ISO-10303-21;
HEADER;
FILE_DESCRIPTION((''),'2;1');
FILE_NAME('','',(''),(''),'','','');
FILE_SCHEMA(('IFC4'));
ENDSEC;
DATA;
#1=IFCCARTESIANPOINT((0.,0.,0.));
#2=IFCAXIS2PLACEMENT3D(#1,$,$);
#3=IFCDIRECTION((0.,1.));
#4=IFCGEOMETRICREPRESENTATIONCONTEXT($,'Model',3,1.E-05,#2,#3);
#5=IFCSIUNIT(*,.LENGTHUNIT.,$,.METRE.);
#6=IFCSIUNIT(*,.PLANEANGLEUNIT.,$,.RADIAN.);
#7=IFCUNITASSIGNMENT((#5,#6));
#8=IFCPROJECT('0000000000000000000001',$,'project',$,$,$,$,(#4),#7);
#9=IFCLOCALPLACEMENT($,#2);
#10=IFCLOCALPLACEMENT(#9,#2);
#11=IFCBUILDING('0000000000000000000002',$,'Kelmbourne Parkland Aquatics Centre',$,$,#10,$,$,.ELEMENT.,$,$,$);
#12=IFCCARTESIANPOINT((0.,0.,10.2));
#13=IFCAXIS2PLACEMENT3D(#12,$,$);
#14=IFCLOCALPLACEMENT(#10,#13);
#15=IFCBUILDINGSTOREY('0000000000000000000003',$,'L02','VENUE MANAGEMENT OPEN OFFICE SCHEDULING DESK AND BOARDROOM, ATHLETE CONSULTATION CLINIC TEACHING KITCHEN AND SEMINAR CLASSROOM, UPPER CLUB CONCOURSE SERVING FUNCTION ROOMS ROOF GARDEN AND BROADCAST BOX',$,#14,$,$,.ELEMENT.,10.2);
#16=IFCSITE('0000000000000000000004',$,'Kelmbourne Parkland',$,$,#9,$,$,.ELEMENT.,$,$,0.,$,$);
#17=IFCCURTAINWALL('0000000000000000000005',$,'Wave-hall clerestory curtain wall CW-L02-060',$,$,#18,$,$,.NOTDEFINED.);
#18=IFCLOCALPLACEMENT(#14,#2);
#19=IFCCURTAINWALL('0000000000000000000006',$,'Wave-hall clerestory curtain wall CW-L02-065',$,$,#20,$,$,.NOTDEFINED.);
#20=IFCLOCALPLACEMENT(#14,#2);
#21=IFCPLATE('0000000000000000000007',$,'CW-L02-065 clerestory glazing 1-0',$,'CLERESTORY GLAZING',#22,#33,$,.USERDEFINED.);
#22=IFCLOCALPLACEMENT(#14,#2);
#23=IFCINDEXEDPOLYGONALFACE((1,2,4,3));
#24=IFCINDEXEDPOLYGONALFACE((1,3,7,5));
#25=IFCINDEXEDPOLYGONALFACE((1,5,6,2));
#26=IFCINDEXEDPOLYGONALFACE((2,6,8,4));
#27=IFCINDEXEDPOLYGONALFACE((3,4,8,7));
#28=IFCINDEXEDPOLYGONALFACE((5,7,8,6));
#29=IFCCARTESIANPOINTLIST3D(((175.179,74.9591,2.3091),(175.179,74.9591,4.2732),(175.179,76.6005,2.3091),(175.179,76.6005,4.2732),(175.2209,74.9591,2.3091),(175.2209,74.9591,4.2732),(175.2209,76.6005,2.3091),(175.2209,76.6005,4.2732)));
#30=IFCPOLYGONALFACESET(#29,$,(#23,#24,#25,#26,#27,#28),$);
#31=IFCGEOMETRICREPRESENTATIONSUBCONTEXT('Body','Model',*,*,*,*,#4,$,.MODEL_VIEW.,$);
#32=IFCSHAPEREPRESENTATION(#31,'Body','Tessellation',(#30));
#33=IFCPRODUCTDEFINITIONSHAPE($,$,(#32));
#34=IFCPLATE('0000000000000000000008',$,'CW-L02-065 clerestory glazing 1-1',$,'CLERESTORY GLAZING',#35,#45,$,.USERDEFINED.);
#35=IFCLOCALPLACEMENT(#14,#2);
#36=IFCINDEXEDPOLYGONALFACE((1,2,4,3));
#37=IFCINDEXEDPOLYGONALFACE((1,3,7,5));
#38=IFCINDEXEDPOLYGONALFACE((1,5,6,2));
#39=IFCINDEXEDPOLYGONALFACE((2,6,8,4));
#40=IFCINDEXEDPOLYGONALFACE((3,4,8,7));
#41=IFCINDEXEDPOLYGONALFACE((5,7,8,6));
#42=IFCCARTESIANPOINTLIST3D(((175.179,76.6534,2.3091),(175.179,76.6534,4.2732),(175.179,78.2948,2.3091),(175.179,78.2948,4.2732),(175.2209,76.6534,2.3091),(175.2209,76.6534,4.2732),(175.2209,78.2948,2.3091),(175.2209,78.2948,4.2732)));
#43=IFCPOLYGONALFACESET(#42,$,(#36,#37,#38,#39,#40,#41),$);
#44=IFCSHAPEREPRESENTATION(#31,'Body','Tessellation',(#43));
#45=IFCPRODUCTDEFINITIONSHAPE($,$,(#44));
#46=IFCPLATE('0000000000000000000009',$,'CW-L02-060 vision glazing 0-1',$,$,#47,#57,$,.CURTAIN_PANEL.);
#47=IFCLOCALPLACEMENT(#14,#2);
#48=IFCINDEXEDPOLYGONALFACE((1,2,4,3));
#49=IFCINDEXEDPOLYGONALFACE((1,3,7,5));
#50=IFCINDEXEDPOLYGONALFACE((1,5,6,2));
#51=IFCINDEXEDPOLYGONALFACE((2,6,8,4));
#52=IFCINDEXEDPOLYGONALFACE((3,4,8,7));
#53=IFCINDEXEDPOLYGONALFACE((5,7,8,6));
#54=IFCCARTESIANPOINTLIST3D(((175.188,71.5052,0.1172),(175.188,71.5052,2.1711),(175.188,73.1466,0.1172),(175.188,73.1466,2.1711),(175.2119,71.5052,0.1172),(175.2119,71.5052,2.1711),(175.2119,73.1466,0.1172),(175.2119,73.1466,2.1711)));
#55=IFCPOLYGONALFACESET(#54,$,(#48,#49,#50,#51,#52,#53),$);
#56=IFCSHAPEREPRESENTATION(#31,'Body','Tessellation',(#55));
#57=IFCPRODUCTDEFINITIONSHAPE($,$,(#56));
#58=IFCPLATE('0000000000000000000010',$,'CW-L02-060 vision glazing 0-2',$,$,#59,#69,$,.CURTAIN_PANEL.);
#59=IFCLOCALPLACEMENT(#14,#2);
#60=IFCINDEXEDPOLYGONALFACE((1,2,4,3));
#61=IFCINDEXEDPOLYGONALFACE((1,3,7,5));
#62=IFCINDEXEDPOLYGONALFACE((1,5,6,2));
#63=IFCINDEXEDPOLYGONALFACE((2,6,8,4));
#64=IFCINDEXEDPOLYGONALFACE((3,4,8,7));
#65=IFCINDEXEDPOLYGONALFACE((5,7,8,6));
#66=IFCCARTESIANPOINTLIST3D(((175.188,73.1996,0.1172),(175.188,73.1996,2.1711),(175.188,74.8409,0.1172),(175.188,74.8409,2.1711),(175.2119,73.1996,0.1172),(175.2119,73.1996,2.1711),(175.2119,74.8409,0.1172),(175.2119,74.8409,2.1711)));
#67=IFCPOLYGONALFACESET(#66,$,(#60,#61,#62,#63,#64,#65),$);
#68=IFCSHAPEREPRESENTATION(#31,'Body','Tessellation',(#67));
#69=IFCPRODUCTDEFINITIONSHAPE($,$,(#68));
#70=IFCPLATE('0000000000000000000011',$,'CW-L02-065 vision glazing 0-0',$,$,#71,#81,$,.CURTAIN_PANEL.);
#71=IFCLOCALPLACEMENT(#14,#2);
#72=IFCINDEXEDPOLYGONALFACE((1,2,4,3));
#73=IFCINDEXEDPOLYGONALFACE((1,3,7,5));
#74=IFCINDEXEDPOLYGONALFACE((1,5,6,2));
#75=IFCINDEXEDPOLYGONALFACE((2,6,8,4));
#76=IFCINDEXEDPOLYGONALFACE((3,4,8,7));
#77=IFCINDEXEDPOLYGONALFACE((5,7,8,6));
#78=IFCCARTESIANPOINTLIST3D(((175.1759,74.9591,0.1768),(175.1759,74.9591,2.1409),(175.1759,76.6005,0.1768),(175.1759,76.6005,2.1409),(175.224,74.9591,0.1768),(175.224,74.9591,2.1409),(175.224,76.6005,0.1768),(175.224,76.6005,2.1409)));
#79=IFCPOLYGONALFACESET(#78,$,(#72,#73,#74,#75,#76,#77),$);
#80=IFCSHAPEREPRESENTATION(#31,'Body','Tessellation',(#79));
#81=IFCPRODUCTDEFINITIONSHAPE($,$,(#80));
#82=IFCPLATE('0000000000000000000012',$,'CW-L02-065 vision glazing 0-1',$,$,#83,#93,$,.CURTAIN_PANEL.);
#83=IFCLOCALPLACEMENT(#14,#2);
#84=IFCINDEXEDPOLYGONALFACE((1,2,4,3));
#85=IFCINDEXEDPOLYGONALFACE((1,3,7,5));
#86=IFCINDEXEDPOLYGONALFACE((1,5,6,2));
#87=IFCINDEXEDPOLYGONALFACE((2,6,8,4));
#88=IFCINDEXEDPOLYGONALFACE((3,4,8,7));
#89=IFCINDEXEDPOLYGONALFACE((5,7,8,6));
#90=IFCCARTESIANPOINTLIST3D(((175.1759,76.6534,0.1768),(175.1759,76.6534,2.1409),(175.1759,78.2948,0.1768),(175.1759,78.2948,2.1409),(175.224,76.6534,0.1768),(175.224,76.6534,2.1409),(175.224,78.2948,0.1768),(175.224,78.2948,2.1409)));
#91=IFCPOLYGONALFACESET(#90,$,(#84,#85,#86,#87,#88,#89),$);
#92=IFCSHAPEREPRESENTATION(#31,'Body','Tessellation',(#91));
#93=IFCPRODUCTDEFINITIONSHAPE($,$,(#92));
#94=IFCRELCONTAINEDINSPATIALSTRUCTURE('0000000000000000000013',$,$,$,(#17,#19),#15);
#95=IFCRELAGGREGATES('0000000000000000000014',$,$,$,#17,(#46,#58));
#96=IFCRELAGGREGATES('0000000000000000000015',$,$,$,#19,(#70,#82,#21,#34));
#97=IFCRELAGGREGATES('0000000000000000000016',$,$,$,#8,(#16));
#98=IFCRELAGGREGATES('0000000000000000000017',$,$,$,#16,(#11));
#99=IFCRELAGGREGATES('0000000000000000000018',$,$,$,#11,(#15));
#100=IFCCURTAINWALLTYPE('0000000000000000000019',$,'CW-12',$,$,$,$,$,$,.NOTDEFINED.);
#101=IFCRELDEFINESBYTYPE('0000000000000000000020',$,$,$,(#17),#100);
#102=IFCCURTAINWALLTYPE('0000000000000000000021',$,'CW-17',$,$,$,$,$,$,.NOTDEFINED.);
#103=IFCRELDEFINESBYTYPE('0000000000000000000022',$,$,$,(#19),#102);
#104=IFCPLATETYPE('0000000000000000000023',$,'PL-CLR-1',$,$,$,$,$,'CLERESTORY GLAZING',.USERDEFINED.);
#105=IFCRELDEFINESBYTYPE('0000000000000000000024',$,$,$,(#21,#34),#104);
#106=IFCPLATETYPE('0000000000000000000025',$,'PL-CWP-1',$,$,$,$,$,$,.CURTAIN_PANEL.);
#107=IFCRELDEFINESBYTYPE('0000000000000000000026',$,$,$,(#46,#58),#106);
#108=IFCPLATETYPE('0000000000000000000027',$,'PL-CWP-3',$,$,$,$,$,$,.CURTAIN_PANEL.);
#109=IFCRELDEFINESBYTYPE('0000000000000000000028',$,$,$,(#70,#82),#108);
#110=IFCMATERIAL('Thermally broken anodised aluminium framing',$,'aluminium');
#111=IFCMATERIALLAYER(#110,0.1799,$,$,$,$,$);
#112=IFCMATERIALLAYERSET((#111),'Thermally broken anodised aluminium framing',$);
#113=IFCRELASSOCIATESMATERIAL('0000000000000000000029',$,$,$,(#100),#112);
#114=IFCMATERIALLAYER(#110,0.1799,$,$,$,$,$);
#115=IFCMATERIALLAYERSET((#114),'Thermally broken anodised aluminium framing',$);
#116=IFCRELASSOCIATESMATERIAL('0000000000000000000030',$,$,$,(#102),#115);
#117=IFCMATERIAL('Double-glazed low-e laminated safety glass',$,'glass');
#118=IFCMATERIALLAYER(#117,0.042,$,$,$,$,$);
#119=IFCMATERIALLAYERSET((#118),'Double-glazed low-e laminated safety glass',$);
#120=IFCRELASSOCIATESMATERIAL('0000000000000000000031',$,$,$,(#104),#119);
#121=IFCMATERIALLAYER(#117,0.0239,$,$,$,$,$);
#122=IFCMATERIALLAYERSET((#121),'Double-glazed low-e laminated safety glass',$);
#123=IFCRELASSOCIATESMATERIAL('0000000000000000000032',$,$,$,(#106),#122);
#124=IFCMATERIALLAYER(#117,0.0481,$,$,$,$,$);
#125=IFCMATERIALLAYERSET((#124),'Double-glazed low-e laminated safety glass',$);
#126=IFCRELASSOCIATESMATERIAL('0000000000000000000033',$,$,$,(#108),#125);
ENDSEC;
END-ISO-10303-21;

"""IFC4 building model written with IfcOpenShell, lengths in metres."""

from ifc_helpers import new_model, si_unit, direction, frame, origin, origin_2d, place, context, subcontext, project, spatial, rectangle, extrude, material, layer, layer_set, type_object, element, aggregate, save


model = new_model("IFC4")

# Units and contexts
model_context = context("Model", 3, precision=1e-05, world=origin(), true_north=direction((0.0, 1.0)))
body_context = subcontext(model_context, "Body", "Model", "MODEL_VIEW")
ifc_project = project(units=[si_unit("LENGTHUNIT", "METRE"), si_unit("PLANEANGLEUNIT", "RADIAN")], contexts=[model_context])

# Site, building, storey
site_placement = place(None, origin())
site = spatial("IfcSite", under=ifc_project, at=site_placement, Name="Kelmbourne Parkland", CompositionType="ELEMENT", RefElevation=0.0)
building_placement = place(site_placement, origin())
building = spatial("IfcBuilding", under=site, at=building_placement, Name="Kelmbourne Parkland Aquatics Centre", CompositionType="ELEMENT")
storey_placement = place(building_placement, frame((0.0, 0.0, 10.2)))
storey = spatial("IfcBuildingStorey", under=building, at=storey_placement, Name="L02", Description="VENUE MANAGEMENT OPEN OFFICE SCHEDULING DESK AND BOARDROOM, ATHLETE CONSULTATION CLINIC TEACHING KITCHEN AND SEMINAR CLASSROOM, UPPER CLUB CONCOURSE SERVING FUNCTION ROOMS ROOF GARDEN AND BROADCAST BOX", CompositionType="ELEMENT", Elevation=10.2)

# Curtain walls
ifc_material_1 = material(Name="Thermally broken anodised aluminium framing", Category="aluminium")
ifc_layer_1 = layer(ifc_material_1, 0.1799)
ifc_layer_set_1 = layer_set([ifc_layer_1], Name="Thermally broken anodised aluminium framing")
curtain_wall_type_1 = type_object("IfcCurtainWallType", Name="CW-12", PredefinedType="NOTDEFINED", material=ifc_layer_set_1)
curtain_wall_1_placement = place(storey_placement, origin())
curtain_wall_1 = element("IfcCurtainWall", 1, at=curtain_wall_1_placement, inside=storey, type_object=curtain_wall_type_1, Name="Wave-hall clerestory curtain wall CW-L02-060", PredefinedType="NOTDEFINED")
ifc_layer_2 = layer(ifc_material_1, 0.1799)
ifc_layer_set_2 = layer_set([ifc_layer_2], Name="Thermally broken anodised aluminium framing")
curtain_wall_type_2 = type_object("IfcCurtainWallType", Name="CW-17", PredefinedType="NOTDEFINED", material=ifc_layer_set_2)
curtain_wall_2_placement = place(storey_placement, origin())
curtain_wall_2 = element("IfcCurtainWall", 2, at=curtain_wall_2_placement, inside=storey, type_object=curtain_wall_type_2, Name="Wave-hall clerestory curtain wall CW-L02-065", PredefinedType="NOTDEFINED")

# Plates
ifc_material_2 = material(Name="Double-glazed low-e laminated safety glass", Category="glass")
ifc_layer_3 = layer(ifc_material_2, 0.042)
ifc_layer_set_3 = layer_set([ifc_layer_3], Name="Double-glazed low-e laminated safety glass")
plate_type_1 = type_object("IfcPlateType", Name="PL-CLR-1", ElementType="CLERESTORY GLAZING", PredefinedType="USERDEFINED", material=ifc_layer_set_3)
plate_1_placement = place(storey_placement, frame((175.2, 75.7798, 2.3091), z_axis=(0.0, 0.0, 1.0), x_axis=(0.0, 1.0, 0.0)))
plate_1 = element("IfcPlate", 3, at=plate_1_placement, type_object=plate_type_1, Name="CW-L02-065 clerestory glazing 1-0", ObjectType="CLERESTORY GLAZING", PredefinedType="USERDEFINED", context=body_context, shape_type="SweptSolid", body=[
    extrude(rectangle(XDim=1.6414, YDim=0.042, at=origin_2d()), origin(), (0.0, 0.0, 1.0), 1.9641),
])
plate_2_placement = place(storey_placement, frame((175.2, 77.4741, 2.3091), z_axis=(0.0, 0.0, 1.0), x_axis=(0.0, 1.0, 0.0)))
plate_2 = element("IfcPlate", 4, at=plate_2_placement, type_object=plate_type_1, Name="CW-L02-065 clerestory glazing 1-1", ObjectType="CLERESTORY GLAZING", PredefinedType="USERDEFINED", context=body_context, shape_type="SweptSolid", body=[
    extrude(rectangle(XDim=1.6414, YDim=0.042, at=origin_2d()), origin(), (0.0, 0.0, 1.0), 1.9641),
])
ifc_layer_4 = layer(ifc_material_2, 0.0239)
ifc_layer_set_4 = layer_set([ifc_layer_4], Name="Double-glazed low-e laminated safety glass")
plate_type_2 = type_object("IfcPlateType", Name="PL-CWP-1", PredefinedType="CURTAIN_PANEL", material=ifc_layer_set_4)
plate_3_placement = place(storey_placement, frame((175.2, 72.3259, 0.1172), z_axis=(0.0, 0.0, 1.0), x_axis=(0.0, 1.0, 0.0)))
plate_3 = element("IfcPlate", 5, at=plate_3_placement, type_object=plate_type_2, Name="CW-L02-060 vision glazing 0-1", PredefinedType="CURTAIN_PANEL", context=body_context, shape_type="SweptSolid", body=[
    extrude(rectangle(XDim=1.6414, YDim=0.0239, at=origin_2d()), origin(), (0.0, 0.0, 1.0), 2.054),
])
plate_4_placement = place(storey_placement, frame((175.2, 74.0203, 0.1172), z_axis=(0.0, 0.0, 1.0), x_axis=(0.0, 1.0, 0.0)))
plate_4 = element("IfcPlate", 6, at=plate_4_placement, type_object=plate_type_2, Name="CW-L02-060 vision glazing 0-2", PredefinedType="CURTAIN_PANEL", context=body_context, shape_type="SweptSolid", body=[
    extrude(rectangle(XDim=1.6414, YDim=0.0239, at=origin_2d()), origin(), (0.0, 0.0, 1.0), 2.054),
])
aggregate(curtain_wall_1, [plate_3, plate_4])
ifc_layer_5 = layer(ifc_material_2, 0.0481)
ifc_layer_set_5 = layer_set([ifc_layer_5], Name="Double-glazed low-e laminated safety glass")
plate_type_3 = type_object("IfcPlateType", Name="PL-CWP-3", PredefinedType="CURTAIN_PANEL", material=ifc_layer_set_5)
plate_5_placement = place(storey_placement, frame((175.2, 75.7798, 0.1768), z_axis=(0.0, 0.0, 1.0), x_axis=(0.0, 1.0, 0.0)))
plate_5 = element("IfcPlate", 7, at=plate_5_placement, type_object=plate_type_3, Name="CW-L02-065 vision glazing 0-0", PredefinedType="CURTAIN_PANEL", context=body_context, shape_type="SweptSolid", body=[
    extrude(rectangle(XDim=1.6414, YDim=0.0481, at=origin_2d()), origin(), (0.0, 0.0, 1.0), 1.9641),
])
plate_6_placement = place(storey_placement, frame((175.2, 77.4741, 0.1768), z_axis=(0.0, 0.0, 1.0), x_axis=(0.0, 1.0, 0.0)))
plate_6 = element("IfcPlate", 8, at=plate_6_placement, type_object=plate_type_3, Name="CW-L02-065 vision glazing 0-1", PredefinedType="CURTAIN_PANEL", context=body_context, shape_type="SweptSolid", body=[
    extrude(rectangle(XDim=1.6414, YDim=0.0481, at=origin_2d()), origin(), (0.0, 0.0, 1.0), 1.9641),
])
aggregate(curtain_wall_2, [plate_5, plate_6, plate_1, plate_2])

save(model, "model.ifc")
